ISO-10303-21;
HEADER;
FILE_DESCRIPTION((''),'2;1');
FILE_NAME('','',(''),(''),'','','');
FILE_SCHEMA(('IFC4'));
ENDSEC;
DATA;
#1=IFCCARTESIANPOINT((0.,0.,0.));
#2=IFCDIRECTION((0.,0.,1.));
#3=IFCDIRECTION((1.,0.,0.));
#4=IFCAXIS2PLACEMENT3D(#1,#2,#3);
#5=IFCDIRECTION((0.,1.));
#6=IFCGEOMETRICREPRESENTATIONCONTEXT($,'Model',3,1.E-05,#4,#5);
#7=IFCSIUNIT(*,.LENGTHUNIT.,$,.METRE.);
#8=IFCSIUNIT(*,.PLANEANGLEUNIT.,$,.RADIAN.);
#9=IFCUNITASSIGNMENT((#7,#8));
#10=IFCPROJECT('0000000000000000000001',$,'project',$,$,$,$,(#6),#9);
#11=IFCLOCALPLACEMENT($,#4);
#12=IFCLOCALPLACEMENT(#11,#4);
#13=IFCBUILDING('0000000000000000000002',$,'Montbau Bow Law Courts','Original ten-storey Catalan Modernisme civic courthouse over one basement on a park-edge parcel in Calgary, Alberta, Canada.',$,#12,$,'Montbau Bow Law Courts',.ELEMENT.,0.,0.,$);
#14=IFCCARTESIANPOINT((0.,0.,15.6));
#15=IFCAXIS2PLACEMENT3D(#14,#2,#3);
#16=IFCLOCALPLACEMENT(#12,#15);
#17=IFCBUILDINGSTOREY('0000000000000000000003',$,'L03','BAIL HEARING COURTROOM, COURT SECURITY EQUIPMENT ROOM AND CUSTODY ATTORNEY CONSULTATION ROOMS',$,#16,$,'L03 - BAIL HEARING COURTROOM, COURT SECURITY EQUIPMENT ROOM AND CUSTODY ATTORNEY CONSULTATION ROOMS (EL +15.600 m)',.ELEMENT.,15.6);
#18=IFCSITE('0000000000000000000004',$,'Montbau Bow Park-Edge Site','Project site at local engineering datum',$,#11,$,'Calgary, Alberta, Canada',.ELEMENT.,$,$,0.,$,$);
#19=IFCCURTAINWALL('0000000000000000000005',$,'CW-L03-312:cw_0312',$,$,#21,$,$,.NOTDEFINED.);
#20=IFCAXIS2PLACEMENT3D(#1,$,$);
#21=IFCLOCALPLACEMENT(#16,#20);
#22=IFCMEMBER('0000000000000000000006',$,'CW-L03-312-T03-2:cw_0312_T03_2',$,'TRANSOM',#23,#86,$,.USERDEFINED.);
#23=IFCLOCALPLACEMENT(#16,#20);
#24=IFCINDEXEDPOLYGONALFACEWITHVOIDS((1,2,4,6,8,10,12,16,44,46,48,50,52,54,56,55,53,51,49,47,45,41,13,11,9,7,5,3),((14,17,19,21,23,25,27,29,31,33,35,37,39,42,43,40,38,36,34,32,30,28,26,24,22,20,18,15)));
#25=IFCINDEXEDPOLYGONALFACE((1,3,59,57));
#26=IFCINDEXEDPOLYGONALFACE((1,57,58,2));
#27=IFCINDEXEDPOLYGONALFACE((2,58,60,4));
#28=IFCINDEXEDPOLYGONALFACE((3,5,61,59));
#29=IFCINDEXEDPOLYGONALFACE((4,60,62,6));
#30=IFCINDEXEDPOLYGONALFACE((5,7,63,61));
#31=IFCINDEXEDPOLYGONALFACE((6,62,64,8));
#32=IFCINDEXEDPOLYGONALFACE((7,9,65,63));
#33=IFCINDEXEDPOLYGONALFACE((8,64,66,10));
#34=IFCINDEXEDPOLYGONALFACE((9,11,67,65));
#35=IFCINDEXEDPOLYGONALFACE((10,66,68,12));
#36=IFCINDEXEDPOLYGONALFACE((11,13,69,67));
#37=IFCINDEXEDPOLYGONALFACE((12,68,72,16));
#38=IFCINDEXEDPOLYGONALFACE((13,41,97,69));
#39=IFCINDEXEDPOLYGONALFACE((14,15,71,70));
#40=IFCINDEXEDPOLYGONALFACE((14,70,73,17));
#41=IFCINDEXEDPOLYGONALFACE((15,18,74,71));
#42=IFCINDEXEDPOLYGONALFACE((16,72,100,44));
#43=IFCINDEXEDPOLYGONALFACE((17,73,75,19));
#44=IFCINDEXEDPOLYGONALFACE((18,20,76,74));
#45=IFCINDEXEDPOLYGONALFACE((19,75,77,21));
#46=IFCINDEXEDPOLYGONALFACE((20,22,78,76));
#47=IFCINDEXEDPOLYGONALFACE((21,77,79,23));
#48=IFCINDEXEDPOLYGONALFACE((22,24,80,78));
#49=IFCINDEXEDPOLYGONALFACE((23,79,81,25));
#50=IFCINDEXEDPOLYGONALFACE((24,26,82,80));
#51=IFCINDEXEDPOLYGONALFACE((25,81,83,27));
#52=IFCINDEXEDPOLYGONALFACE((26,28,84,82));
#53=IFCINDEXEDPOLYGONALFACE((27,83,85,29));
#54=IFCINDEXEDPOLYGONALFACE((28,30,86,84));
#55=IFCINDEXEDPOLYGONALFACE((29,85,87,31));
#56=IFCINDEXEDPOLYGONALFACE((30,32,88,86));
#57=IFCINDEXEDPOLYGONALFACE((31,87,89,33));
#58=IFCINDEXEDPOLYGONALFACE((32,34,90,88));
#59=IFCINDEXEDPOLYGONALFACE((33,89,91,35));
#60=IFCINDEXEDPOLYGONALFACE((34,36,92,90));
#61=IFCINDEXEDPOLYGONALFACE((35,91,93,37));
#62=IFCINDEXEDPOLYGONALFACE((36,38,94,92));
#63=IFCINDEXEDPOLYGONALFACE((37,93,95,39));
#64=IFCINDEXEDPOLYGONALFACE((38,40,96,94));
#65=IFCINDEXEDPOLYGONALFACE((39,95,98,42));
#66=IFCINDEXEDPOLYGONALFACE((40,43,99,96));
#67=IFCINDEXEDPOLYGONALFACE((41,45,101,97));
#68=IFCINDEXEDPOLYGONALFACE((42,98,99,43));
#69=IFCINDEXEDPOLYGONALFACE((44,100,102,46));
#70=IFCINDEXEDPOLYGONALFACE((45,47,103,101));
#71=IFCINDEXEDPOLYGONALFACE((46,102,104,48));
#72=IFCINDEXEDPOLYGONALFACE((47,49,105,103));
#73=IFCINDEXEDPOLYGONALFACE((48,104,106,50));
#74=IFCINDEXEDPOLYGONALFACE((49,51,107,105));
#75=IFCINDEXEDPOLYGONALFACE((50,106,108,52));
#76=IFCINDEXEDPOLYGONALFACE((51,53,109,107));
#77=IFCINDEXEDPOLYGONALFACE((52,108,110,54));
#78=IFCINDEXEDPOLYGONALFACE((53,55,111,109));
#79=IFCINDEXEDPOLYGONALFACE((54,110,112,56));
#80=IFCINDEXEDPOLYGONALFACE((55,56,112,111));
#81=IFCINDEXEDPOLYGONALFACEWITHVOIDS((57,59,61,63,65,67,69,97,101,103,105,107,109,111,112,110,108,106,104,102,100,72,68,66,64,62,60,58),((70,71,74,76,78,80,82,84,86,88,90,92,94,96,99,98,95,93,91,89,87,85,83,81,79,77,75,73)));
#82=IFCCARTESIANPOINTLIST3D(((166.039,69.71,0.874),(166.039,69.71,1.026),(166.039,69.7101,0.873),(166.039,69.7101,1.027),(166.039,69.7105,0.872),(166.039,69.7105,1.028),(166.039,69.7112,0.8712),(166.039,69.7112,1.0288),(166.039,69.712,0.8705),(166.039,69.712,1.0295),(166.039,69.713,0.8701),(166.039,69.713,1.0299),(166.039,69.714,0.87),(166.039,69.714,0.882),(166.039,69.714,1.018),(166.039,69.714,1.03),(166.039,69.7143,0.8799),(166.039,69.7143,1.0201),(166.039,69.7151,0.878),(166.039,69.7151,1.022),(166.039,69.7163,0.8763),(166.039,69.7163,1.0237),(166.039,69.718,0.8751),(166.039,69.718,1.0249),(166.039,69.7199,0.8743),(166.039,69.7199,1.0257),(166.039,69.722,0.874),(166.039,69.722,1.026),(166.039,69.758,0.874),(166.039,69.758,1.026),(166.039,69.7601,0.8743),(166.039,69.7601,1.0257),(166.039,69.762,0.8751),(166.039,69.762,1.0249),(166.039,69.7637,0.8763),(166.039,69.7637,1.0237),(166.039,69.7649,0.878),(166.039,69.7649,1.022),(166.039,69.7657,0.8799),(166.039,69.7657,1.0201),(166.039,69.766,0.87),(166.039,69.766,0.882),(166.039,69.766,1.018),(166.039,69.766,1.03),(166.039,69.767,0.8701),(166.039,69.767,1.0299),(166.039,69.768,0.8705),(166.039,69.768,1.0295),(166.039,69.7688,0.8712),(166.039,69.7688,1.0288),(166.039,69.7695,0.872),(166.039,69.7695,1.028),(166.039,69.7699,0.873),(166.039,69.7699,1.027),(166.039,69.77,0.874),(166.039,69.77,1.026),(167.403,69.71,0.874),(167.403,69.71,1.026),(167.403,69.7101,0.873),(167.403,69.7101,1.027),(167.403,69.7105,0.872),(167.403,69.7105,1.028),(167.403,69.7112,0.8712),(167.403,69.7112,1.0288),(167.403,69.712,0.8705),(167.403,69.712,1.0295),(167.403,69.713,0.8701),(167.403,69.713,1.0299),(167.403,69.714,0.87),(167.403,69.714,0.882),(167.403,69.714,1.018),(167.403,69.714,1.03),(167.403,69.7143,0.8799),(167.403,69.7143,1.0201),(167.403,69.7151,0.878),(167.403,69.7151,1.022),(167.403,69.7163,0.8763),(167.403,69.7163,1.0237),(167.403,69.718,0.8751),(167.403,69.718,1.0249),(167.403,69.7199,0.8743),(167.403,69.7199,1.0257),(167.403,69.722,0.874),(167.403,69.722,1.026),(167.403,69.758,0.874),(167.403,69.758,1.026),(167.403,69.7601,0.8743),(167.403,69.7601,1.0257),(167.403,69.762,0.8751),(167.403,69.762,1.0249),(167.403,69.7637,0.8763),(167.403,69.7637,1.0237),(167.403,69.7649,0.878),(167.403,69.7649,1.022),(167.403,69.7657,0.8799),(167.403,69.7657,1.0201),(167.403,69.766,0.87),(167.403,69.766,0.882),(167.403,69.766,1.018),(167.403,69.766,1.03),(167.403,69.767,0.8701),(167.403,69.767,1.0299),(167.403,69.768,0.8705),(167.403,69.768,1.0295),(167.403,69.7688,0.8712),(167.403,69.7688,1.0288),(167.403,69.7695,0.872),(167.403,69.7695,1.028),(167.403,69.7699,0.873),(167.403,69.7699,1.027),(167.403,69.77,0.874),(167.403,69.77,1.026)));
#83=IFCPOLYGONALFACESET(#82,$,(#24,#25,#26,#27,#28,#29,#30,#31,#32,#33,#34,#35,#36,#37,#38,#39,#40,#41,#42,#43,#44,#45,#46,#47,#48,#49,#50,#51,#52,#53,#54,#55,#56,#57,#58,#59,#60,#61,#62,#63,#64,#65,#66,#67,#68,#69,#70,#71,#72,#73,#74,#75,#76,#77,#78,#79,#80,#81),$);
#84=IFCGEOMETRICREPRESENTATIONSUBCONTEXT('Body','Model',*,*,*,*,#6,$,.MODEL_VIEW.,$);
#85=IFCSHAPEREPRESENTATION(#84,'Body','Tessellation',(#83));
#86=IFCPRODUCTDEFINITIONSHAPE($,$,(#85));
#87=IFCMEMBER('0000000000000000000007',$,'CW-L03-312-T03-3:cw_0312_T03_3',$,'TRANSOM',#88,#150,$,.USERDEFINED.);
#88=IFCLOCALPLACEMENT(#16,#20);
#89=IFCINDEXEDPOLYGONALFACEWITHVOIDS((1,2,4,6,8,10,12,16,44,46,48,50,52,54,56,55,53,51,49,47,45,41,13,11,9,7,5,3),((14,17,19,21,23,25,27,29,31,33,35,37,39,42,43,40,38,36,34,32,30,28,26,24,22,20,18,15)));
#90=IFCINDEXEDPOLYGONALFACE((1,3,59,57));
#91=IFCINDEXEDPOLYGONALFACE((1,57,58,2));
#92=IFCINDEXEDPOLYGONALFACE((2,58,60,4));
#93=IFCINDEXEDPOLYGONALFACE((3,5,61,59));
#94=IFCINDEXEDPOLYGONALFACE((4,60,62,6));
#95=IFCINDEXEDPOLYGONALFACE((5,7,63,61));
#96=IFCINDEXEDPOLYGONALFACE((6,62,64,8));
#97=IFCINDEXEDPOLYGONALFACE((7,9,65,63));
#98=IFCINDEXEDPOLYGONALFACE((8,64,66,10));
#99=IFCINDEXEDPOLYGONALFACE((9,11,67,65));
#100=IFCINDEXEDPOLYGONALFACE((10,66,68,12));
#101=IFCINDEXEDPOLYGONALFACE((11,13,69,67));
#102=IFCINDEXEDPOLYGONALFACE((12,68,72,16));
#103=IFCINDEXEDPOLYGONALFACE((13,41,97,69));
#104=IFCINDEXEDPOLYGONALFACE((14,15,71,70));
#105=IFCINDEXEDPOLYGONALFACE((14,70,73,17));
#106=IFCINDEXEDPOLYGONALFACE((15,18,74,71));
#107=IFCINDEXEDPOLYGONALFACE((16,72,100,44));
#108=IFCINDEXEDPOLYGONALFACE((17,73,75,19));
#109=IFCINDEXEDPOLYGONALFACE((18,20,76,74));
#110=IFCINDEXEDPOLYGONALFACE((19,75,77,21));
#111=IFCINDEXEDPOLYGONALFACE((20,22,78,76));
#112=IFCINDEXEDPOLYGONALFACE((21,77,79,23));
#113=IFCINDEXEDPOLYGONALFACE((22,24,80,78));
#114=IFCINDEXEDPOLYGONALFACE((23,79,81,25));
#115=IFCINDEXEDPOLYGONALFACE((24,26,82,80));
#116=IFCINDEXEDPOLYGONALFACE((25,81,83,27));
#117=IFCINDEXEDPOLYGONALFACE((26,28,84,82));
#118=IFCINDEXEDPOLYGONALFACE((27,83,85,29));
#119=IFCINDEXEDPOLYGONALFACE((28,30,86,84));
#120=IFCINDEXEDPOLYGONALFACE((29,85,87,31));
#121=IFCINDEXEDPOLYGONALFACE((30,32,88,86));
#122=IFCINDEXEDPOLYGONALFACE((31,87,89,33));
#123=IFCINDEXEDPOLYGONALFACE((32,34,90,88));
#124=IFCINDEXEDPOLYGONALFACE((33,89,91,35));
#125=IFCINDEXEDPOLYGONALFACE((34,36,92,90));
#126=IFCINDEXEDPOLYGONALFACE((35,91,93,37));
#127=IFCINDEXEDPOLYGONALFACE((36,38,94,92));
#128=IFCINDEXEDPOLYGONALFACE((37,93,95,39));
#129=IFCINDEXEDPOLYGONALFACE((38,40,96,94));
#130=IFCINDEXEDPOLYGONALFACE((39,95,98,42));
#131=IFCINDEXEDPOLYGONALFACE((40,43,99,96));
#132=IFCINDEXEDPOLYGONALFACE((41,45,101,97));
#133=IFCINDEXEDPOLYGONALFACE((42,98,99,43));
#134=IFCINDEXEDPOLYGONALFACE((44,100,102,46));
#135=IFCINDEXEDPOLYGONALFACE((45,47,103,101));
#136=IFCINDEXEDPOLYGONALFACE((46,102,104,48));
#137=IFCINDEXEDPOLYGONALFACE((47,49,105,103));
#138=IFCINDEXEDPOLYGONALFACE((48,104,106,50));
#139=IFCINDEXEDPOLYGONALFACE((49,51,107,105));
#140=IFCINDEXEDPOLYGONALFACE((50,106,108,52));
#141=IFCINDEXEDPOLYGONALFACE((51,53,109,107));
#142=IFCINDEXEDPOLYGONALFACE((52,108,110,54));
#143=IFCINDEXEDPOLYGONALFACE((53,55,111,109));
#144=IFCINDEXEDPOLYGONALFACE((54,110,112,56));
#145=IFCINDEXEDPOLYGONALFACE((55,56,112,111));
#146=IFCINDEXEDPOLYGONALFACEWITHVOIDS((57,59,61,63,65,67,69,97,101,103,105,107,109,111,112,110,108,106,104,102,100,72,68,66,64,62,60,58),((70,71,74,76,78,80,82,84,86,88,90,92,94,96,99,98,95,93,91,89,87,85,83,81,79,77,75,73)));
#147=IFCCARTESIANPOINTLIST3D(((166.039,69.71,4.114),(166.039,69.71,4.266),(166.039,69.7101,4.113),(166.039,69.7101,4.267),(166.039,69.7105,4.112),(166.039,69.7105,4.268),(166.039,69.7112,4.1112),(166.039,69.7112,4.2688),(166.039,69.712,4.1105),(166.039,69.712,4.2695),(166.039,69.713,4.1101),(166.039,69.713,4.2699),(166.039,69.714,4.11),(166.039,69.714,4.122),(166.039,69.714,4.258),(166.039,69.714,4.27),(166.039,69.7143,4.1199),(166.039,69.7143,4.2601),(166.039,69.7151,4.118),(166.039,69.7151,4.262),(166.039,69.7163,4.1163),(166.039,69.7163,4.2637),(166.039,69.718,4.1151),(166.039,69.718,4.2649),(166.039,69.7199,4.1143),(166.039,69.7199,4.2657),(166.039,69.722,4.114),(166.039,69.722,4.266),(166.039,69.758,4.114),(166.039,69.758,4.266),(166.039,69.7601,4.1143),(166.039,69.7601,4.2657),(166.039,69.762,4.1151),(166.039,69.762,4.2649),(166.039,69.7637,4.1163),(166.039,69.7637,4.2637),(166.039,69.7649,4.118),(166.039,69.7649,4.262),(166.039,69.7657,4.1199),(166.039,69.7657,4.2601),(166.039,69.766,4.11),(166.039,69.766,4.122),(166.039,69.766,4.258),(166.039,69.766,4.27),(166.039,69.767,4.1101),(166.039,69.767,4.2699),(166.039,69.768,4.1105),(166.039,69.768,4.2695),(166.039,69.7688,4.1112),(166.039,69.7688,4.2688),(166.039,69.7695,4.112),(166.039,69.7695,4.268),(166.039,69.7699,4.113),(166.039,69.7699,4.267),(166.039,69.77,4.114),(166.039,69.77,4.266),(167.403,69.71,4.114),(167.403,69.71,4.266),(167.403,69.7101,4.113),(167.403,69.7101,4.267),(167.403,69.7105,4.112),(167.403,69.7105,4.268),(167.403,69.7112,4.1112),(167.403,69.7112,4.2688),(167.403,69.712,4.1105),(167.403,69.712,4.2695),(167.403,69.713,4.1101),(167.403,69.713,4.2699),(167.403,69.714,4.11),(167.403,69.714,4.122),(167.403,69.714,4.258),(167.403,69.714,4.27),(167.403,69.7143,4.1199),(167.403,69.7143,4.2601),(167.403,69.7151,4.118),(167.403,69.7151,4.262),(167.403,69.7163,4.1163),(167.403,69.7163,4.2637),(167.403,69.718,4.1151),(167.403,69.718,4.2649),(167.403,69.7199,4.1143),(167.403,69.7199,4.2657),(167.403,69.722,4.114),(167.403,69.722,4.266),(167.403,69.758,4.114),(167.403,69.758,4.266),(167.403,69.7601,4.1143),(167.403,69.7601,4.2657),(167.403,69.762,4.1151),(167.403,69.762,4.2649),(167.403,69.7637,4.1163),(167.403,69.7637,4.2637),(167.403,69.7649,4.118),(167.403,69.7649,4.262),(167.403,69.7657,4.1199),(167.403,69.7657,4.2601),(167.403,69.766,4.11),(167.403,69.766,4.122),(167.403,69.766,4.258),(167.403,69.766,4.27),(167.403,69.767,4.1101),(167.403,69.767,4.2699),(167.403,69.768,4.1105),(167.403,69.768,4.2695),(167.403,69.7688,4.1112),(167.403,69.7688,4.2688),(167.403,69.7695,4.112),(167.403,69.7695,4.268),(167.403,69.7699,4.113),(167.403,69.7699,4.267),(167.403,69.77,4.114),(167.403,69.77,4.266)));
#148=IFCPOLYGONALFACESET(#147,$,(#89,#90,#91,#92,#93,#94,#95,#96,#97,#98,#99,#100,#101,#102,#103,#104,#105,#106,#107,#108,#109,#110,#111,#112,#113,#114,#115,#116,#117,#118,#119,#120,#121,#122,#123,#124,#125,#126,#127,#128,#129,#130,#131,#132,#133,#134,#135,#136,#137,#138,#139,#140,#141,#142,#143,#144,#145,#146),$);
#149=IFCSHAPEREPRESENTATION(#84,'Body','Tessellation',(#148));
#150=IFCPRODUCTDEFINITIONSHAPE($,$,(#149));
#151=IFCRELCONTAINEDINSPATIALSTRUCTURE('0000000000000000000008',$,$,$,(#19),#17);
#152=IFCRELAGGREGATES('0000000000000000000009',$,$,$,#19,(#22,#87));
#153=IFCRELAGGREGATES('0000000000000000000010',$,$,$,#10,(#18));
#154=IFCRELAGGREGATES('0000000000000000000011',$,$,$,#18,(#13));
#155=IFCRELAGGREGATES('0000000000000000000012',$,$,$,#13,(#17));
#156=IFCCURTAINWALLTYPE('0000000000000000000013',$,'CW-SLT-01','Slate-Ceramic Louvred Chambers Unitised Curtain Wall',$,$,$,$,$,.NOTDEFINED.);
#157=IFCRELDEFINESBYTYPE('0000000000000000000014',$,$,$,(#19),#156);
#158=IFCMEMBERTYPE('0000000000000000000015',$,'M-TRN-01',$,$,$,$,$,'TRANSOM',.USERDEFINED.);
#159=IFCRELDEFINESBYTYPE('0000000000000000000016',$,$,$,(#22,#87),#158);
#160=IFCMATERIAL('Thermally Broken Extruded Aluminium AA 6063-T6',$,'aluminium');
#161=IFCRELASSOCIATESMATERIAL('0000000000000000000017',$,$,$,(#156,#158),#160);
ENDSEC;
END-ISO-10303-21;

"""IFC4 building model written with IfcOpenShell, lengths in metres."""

from ifc_helpers import new_model, si_unit, direction, frame, origin_with_axes, origin_2d_with_axis, place, context, subcontext, project, spatial, hollow_rectangle, extrude, material, material_profile, profile_set, type_object, element, aggregate, save


model = new_model("IFC4")

# Units and contexts
model_context = context("Model", 3, precision=1e-05, world=origin_with_axes(), true_north=direction((0.0, 1.0)))
body_context = subcontext(model_context, "Body", "Model", "MODEL_VIEW")
ifc_project = project(units=[si_unit("LENGTHUNIT", "METRE"), si_unit("PLANEANGLEUNIT", "RADIAN")], contexts=[model_context])

# Site, building, storey
site_placement = place(None, origin_with_axes())
site = spatial("IfcSite", under=ifc_project, at=site_placement, Name="Montbau Bow Park-Edge Site", Description="Project site at local engineering datum", LongName="Calgary, Alberta, Canada", CompositionType="ELEMENT", RefElevation=0.0)
building_placement = place(site_placement, origin_with_axes())
building = spatial("IfcBuilding", under=site, at=building_placement, Name="Montbau Bow Law Courts", Description="Original ten-storey Catalan Modernisme civic courthouse over one basement on a park-edge parcel in Calgary, Alberta, Canada.", LongName="Montbau Bow Law Courts", CompositionType="ELEMENT", ElevationOfRefHeight=0.0, ElevationOfTerrain=0.0)
storey_placement = place(building_placement, frame((0.0, 0.0, 15.6), z_axis=(0.0, 0.0, 1.0), x_axis=(1.0, 0.0, 0.0)))
storey = spatial("IfcBuildingStorey", under=building, at=storey_placement, Name="L03", Description="BAIL HEARING COURTROOM, COURT SECURITY EQUIPMENT ROOM AND CUSTODY ATTORNEY CONSULTATION ROOMS", LongName="L03 - BAIL HEARING COURTROOM, COURT SECURITY EQUIPMENT ROOM AND CUSTODY ATTORNEY CONSULTATION ROOMS (EL +15.600 m)", CompositionType="ELEMENT", Elevation=15.6)

# Curtain wall
ifc_material_1 = material(Name="Thermally Broken Extruded Aluminium AA 6063-T6", Category="aluminium")
curtain_wall_type = type_object("IfcCurtainWallType", Name="CW-SLT-01", Description="Slate-Ceramic Louvred Chambers Unitised Curtain Wall", PredefinedType="NOTDEFINED", material=ifc_material_1)
curtain_wall_1_placement = place(None, frame((163.115, 69.74, 15.6), z_axis=(0.0, 0.0, 1.0), x_axis=(1.0, 0.0, 0.0)))
curtain_wall_1 = element("IfcCurtainWall", 1, at=curtain_wall_1_placement, inside=storey, type_object=curtain_wall_type, Name="CW-L03-312:cw_0312", PredefinedType="NOTDEFINED")

# Members
ifc_material_profile_1 = material_profile(ifc_material_1, hollow_rectangle(XDim=0.06, YDim=0.16, WallThickness=0.004, InnerFilletRadius=0.008, OuterFilletRadius=0.004, at=origin_2d_with_axis()), Name="CWT-160X60", Category="Main", Priority=0)
ifc_profile_set_1 = profile_set([ifc_material_profile_1], Name="Thermally Broken Extruded Aluminium AA 6063-T6")
member_type_1 = type_object("IfcMemberType", Name="M-TRN-01", ElementType="TRANSOM", PredefinedType="USERDEFINED", material=ifc_profile_set_1)
member_1_placement = place(None, frame((166.039, 69.74, 16.55), z_axis=(1.0, 0.0, 0.0), x_axis=(0.0, 1.0, 0.0)))
member_1 = element("IfcMember", 2, at=member_1_placement, type_object=member_type_1, Name="CW-L03-312-T03-2:cw_0312_T03_2", ObjectType="TRANSOM", PredefinedType="USERDEFINED", context=body_context, shape_type="SweptSolid", body=[
    extrude(hollow_rectangle(XDim=0.06, YDim=0.16, WallThickness=0.004, InnerFilletRadius=0.008, OuterFilletRadius=0.004, at=origin_2d_with_axis()), origin_with_axes(), (0.0, 0.0, 1.0), 1.364),
])
member_2_placement = place(None, frame((166.039, 69.74, 19.79), z_axis=(1.0, 0.0, 0.0), x_axis=(0.0, 1.0, 0.0)))
member_2 = element("IfcMember", 3, at=member_2_placement, type_object=member_type_1, Name="CW-L03-312-T03-3:cw_0312_T03_3", ObjectType="TRANSOM", PredefinedType="USERDEFINED", context=body_context, shape_type="SweptSolid", body=[
    extrude(hollow_rectangle(XDim=0.06, YDim=0.16, WallThickness=0.004, InnerFilletRadius=0.008, OuterFilletRadius=0.004, at=origin_2d_with_axis()), origin_with_axes(), (0.0, 0.0, 1.0), 1.364),
])

aggregate(curtain_wall_1, [member_1, member_2])

save(model, "model.ifc")
